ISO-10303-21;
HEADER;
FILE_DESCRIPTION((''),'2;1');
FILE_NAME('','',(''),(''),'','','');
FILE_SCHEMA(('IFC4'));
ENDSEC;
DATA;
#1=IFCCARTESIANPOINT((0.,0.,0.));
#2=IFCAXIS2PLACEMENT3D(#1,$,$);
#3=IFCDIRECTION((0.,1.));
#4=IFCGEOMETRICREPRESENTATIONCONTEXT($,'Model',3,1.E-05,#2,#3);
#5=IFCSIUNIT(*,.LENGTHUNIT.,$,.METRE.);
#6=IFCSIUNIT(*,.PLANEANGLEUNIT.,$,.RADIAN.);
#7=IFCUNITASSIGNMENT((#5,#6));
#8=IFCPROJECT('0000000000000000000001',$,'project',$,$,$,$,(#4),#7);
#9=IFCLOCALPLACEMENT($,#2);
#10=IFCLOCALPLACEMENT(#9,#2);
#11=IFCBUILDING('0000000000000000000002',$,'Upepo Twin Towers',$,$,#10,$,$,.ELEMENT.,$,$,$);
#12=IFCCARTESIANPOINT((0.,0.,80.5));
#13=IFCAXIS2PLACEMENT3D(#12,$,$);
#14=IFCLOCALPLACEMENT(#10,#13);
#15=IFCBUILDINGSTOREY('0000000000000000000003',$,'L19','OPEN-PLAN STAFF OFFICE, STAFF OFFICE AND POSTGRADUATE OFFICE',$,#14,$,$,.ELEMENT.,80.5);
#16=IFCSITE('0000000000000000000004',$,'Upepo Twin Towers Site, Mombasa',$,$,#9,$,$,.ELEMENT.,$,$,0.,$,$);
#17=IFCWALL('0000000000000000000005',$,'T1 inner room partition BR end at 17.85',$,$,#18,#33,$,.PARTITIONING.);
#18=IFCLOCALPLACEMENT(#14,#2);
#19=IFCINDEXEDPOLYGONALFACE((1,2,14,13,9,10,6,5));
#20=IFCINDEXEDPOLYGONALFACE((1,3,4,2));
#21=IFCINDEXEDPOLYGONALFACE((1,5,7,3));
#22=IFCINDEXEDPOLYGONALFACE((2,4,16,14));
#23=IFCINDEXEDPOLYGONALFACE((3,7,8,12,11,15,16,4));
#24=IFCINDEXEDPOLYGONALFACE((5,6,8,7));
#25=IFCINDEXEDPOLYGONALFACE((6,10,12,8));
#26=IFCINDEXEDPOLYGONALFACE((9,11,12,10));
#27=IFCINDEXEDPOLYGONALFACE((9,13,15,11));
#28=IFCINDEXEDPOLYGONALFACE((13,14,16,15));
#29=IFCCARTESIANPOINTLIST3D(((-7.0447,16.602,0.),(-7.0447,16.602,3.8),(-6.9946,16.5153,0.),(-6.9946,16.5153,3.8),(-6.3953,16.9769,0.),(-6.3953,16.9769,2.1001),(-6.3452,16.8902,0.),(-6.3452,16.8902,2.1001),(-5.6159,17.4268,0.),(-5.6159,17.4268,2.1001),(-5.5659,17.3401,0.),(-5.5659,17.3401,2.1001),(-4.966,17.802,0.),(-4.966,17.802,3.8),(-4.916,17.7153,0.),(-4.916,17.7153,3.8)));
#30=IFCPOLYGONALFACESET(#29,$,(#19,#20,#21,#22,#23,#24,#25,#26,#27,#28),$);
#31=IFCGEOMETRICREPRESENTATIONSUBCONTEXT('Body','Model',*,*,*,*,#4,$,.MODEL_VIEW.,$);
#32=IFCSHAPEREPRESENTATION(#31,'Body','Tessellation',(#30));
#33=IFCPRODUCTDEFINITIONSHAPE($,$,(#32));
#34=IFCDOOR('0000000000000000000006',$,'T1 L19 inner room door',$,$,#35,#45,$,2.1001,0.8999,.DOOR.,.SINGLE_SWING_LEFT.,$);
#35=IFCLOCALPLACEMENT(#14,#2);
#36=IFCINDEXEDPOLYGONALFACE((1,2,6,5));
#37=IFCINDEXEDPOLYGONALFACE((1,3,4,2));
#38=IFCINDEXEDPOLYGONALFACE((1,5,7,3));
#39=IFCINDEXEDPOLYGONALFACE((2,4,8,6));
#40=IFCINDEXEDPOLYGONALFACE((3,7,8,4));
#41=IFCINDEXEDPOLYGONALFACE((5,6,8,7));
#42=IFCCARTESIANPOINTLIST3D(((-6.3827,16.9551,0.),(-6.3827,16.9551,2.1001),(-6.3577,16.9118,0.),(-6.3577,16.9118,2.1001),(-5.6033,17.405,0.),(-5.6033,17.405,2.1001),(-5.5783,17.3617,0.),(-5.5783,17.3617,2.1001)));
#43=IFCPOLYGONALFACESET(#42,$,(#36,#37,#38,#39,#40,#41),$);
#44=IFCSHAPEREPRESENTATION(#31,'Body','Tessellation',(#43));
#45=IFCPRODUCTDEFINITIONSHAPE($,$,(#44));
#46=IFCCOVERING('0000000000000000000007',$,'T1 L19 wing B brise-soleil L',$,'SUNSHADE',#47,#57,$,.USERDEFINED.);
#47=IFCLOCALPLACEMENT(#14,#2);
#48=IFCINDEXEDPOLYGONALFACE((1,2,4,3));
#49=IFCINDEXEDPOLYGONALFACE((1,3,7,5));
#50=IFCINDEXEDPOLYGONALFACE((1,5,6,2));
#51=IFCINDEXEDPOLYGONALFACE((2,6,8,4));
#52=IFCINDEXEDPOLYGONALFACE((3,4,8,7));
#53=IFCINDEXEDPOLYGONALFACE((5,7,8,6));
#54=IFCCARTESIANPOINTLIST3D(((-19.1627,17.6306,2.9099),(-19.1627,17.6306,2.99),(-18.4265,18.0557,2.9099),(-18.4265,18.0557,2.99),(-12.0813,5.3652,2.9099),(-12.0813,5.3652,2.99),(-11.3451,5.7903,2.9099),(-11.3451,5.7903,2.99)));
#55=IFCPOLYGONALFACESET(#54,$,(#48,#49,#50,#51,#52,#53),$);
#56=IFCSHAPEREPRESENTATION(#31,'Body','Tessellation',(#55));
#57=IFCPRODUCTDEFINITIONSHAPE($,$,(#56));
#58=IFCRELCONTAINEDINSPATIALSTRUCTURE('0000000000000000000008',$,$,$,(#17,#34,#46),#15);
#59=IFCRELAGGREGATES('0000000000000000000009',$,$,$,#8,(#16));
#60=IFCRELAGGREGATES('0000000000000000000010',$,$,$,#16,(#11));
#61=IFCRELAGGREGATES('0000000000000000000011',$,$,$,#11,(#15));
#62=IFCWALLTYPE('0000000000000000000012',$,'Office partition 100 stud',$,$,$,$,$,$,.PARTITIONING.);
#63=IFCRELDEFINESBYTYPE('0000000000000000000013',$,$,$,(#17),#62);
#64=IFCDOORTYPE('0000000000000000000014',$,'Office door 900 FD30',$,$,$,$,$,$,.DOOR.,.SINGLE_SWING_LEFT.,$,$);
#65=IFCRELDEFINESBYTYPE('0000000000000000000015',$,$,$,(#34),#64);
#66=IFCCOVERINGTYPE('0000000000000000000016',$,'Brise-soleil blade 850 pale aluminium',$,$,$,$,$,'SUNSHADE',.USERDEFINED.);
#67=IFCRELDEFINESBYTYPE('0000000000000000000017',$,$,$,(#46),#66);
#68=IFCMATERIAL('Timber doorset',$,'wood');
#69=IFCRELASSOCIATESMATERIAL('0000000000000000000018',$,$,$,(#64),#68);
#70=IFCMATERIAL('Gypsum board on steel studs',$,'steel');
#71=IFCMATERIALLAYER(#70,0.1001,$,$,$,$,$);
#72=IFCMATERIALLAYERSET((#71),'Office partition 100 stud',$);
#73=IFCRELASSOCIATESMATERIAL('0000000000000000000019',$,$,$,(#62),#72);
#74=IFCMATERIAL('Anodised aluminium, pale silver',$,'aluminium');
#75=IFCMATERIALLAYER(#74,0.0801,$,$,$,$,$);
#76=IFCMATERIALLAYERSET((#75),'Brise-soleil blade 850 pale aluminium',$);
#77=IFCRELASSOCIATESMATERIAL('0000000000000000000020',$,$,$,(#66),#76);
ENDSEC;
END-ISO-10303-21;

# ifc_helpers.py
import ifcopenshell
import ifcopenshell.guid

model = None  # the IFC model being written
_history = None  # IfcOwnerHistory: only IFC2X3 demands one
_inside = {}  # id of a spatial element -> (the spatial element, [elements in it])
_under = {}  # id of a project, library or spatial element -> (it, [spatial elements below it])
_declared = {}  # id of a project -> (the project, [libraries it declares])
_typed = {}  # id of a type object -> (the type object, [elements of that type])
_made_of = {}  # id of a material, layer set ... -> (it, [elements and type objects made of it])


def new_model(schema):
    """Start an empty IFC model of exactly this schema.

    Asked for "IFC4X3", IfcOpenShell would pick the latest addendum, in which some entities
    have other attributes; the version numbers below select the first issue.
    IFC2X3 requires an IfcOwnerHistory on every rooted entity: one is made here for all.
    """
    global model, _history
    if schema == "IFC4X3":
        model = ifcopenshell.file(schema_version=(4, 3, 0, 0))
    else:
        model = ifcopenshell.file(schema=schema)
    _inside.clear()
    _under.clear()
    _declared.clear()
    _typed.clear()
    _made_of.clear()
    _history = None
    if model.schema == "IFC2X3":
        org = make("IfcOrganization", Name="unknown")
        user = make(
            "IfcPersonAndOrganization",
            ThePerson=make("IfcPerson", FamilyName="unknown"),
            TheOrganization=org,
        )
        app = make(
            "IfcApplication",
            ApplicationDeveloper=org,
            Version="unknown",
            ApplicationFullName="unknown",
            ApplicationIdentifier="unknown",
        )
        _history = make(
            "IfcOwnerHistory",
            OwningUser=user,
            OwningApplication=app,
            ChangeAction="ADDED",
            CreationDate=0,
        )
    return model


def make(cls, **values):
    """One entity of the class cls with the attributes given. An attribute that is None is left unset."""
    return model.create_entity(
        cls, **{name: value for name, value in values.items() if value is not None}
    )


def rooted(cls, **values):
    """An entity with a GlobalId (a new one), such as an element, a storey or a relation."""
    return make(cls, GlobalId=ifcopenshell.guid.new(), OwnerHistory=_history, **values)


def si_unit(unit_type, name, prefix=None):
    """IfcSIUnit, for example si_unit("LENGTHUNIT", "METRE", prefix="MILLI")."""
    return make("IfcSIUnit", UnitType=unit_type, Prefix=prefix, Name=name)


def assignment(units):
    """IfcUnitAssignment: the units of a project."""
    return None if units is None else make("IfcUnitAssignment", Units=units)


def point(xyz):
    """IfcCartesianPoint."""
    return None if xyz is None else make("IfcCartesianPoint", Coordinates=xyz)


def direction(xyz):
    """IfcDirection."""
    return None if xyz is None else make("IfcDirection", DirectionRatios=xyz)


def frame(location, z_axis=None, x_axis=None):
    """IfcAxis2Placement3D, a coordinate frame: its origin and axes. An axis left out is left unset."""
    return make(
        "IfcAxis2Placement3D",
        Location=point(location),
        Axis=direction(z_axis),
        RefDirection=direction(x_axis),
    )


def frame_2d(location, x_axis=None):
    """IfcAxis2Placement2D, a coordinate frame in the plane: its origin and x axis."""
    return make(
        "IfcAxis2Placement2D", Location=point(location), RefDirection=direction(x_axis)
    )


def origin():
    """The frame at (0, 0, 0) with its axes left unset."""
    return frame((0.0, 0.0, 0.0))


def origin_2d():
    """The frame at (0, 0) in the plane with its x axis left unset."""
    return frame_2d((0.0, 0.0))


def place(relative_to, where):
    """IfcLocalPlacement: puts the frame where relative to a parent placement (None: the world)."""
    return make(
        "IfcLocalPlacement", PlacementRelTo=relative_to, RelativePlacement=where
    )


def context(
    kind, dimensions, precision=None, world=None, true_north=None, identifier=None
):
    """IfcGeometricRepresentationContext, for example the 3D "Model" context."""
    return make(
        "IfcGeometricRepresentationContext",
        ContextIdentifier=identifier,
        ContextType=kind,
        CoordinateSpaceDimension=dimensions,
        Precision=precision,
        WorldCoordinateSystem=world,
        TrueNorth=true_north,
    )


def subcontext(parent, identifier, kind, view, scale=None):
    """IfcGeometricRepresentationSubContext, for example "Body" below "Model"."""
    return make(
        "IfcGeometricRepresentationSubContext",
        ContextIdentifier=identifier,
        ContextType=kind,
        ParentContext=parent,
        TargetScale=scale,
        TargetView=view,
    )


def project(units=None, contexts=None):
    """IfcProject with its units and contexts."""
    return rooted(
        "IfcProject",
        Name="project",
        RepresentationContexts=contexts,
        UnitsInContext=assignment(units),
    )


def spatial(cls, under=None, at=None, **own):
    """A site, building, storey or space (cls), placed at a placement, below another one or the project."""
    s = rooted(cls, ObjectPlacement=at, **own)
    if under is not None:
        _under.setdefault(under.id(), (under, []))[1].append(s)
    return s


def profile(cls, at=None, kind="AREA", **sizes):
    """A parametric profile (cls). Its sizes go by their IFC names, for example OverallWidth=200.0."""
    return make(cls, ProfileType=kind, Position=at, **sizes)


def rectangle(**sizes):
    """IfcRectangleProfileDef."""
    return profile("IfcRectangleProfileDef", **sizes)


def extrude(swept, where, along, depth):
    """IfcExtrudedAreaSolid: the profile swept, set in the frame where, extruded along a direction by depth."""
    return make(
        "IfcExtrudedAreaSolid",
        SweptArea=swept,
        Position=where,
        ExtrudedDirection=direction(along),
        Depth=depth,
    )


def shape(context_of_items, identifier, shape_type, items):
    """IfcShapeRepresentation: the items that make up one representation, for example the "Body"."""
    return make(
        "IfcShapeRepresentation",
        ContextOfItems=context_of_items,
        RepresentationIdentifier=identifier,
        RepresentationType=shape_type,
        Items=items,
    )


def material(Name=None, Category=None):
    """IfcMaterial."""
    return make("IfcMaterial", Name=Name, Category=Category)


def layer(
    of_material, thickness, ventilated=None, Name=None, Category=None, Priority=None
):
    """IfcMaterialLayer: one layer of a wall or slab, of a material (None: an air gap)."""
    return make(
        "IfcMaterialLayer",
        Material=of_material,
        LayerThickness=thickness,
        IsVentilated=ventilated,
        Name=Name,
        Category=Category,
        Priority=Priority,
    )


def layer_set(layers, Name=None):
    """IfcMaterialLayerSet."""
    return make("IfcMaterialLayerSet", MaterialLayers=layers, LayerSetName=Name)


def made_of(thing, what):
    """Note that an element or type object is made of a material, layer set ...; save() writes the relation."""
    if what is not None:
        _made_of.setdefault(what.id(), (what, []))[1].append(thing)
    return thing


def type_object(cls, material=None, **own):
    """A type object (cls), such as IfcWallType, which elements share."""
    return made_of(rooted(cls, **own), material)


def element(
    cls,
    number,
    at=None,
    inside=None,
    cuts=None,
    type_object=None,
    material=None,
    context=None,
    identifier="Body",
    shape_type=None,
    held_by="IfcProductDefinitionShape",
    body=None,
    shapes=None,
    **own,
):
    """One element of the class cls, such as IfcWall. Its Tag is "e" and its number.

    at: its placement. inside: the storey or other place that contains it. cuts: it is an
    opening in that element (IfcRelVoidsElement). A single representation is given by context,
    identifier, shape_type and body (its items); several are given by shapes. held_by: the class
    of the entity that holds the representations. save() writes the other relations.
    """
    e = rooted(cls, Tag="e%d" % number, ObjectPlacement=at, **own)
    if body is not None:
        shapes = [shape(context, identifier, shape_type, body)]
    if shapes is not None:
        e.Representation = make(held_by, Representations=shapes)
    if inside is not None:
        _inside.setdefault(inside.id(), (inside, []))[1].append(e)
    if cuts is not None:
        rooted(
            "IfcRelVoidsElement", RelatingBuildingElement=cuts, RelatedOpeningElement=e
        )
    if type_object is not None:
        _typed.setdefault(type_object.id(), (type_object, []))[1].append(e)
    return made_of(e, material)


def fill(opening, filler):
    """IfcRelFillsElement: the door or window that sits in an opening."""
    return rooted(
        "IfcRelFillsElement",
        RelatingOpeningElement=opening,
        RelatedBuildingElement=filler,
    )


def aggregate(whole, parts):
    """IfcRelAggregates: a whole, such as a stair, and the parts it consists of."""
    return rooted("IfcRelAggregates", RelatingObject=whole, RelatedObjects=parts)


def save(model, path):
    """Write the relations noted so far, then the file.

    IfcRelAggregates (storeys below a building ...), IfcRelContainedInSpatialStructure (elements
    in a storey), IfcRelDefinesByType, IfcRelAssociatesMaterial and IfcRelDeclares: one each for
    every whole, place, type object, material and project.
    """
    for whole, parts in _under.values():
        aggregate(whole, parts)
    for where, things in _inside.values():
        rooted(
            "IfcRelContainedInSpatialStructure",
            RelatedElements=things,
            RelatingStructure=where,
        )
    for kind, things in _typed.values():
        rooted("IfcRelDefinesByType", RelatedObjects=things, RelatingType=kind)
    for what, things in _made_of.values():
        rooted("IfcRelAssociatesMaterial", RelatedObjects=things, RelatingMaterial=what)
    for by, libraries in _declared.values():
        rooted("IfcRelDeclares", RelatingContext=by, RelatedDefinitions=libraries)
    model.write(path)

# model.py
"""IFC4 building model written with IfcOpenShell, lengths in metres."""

from ifc_helpers import new_model, si_unit, direction, frame, frame_2d, origin, origin_2d, place, context, subcontext, project, spatial, rectangle, extrude, material, layer, layer_set, type_object, element, fill, save


model = new_model("IFC4")

# Units and contexts
model_context = context("Model", 3, precision=1e-05, world=origin(), true_north=direction((0.0, 1.0)))
body_context = subcontext(model_context, "Body", "Model", "MODEL_VIEW")
ifc_project = project(units=[si_unit("LENGTHUNIT", "METRE"), si_unit("PLANEANGLEUNIT", "RADIAN")], contexts=[model_context])

# Site, building, storey
site_placement = place(None, origin())
site = spatial("IfcSite", under=ifc_project, at=site_placement, Name="Upepo Twin Towers Site, Mombasa", CompositionType="ELEMENT", RefElevation=0.0)
building_placement = place(site_placement, origin())
building = spatial("IfcBuilding", under=site, at=building_placement, Name="Upepo Twin Towers", CompositionType="ELEMENT")
storey_placement = place(building_placement, frame((0.0, 0.0, 80.5)))
storey = spatial("IfcBuildingStorey", under=building, at=storey_placement, Name="L19", Description="OPEN-PLAN STAFF OFFICE, STAFF OFFICE AND POSTGRADUATE OFFICE", CompositionType="ELEMENT", Elevation=80.5)

# Shared definitions
ifc_material_1 = material(Name="Timber doorset", Category="wood")
door_type = type_object("IfcDoorType", Name="Office door 900 FD30", OperationType="SINGLE_SWING_LEFT", PredefinedType="DOOR", material=ifc_material_1)

# Shared definitions
ifc_material_2 = material(Name="Gypsum board on steel studs", Category="steel")
ifc_layer_1 = layer(ifc_material_2, 0.1001)
ifc_layer_set_1 = layer_set([ifc_layer_1], Name="Office partition 100 stud")
wall_type_1 = type_object("IfcWallType", Name="Office partition 100 stud", PredefinedType="PARTITIONING", material=ifc_layer_set_1)

# Wall, opening, door
wall_1_placement = place(storey_placement, frame((-7.0198, 16.5586, 0.0), z_axis=(0.0, 0.0, 1.0), x_axis=(0.86605, 0.499957, 0.0)))
wall_1 = element("IfcWall", 1, at=wall_1_placement, inside=storey, type_object=wall_type_1, Name="T1 inner room partition BR end at 17.85", PredefinedType="PARTITIONING", context=body_context, shape_type="SweptSolid", body=[
    extrude(rectangle(XDim=2.4001, YDim=0.1001, at=frame_2d((1.2002, 0.0))), origin(), (0.0, 0.0, 1.0), 3.8),
])
opening_1_placement = place(wall_1_placement, frame((0.75, 0.0, 0.0)))
opening_1 = element("IfcOpeningElement", 2, at=opening_1_placement, cuts=wall_1, PredefinedType="OPENING", context=body_context, shape_type="SweptSolid", body=[
    extrude(rectangle(XDim=0.8999, YDim=2.1001, at=frame_2d((0.45, 1.05))), frame((0.0, 0.0601, 0.0), z_axis=(0.0, -1.0, 0.0), x_axis=(1.0, 0.0, 0.0)), (0.0, 0.0, 1.0), 0.1201),
])
door_1_placement = place(opening_1_placement, origin())
door_1 = element("IfcDoor", 3, at=door_1_placement, inside=storey, type_object=door_type, Name="T1 L19 inner room door", OperationType="SINGLE_SWING_LEFT", OverallHeight=2.1001, OverallWidth=0.8999, PredefinedType="DOOR", context=body_context, shape_type="SweptSolid", body=[
    extrude(rectangle(XDim=0.8999, YDim=2.1001, at=frame_2d((0.45, 1.05))), frame((0.0, 0.0249, 0.0), z_axis=(0.0, -1.0, 0.0), x_axis=(1.0, 0.0, 0.0)), (0.0, 0.0, 1.0), 0.05),
])
fill(opening_1, door_1)

# Covering
ifc_material_3 = material(Name="Anodised aluminium, pale silver", Category="aluminium")
ifc_layer_2 = layer(ifc_material_3, 0.0801)
ifc_layer_set_2 = layer_set([ifc_layer_2], Name="Brise-soleil blade 850 pale aluminium")
covering_type = type_object("IfcCoveringType", Name="Brise-soleil blade 850 pale aluminium", ElementType="SUNSHADE", PredefinedType="USERDEFINED", material=ifc_layer_set_2)
covering_placement = place(storey_placement, frame((-15.2539, 11.7104, 2.9099), z_axis=(0.0, 0.0, 1.0), x_axis=(-0.5, 0.866025, 0.0)))
element("IfcCovering", 4, at=covering_placement, inside=storey, type_object=covering_type, Name="T1 L19 wing B brise-soleil L", ObjectType="SUNSHADE", PredefinedType="USERDEFINED", context=body_context, shape_type="SweptSolid", body=[
    extrude(rectangle(XDim=14.1628, YDim=0.8501, at=origin_2d()), origin(), (0.0, 0.0, 1.0), 0.0801),
])

save(model, "model.ifc")
